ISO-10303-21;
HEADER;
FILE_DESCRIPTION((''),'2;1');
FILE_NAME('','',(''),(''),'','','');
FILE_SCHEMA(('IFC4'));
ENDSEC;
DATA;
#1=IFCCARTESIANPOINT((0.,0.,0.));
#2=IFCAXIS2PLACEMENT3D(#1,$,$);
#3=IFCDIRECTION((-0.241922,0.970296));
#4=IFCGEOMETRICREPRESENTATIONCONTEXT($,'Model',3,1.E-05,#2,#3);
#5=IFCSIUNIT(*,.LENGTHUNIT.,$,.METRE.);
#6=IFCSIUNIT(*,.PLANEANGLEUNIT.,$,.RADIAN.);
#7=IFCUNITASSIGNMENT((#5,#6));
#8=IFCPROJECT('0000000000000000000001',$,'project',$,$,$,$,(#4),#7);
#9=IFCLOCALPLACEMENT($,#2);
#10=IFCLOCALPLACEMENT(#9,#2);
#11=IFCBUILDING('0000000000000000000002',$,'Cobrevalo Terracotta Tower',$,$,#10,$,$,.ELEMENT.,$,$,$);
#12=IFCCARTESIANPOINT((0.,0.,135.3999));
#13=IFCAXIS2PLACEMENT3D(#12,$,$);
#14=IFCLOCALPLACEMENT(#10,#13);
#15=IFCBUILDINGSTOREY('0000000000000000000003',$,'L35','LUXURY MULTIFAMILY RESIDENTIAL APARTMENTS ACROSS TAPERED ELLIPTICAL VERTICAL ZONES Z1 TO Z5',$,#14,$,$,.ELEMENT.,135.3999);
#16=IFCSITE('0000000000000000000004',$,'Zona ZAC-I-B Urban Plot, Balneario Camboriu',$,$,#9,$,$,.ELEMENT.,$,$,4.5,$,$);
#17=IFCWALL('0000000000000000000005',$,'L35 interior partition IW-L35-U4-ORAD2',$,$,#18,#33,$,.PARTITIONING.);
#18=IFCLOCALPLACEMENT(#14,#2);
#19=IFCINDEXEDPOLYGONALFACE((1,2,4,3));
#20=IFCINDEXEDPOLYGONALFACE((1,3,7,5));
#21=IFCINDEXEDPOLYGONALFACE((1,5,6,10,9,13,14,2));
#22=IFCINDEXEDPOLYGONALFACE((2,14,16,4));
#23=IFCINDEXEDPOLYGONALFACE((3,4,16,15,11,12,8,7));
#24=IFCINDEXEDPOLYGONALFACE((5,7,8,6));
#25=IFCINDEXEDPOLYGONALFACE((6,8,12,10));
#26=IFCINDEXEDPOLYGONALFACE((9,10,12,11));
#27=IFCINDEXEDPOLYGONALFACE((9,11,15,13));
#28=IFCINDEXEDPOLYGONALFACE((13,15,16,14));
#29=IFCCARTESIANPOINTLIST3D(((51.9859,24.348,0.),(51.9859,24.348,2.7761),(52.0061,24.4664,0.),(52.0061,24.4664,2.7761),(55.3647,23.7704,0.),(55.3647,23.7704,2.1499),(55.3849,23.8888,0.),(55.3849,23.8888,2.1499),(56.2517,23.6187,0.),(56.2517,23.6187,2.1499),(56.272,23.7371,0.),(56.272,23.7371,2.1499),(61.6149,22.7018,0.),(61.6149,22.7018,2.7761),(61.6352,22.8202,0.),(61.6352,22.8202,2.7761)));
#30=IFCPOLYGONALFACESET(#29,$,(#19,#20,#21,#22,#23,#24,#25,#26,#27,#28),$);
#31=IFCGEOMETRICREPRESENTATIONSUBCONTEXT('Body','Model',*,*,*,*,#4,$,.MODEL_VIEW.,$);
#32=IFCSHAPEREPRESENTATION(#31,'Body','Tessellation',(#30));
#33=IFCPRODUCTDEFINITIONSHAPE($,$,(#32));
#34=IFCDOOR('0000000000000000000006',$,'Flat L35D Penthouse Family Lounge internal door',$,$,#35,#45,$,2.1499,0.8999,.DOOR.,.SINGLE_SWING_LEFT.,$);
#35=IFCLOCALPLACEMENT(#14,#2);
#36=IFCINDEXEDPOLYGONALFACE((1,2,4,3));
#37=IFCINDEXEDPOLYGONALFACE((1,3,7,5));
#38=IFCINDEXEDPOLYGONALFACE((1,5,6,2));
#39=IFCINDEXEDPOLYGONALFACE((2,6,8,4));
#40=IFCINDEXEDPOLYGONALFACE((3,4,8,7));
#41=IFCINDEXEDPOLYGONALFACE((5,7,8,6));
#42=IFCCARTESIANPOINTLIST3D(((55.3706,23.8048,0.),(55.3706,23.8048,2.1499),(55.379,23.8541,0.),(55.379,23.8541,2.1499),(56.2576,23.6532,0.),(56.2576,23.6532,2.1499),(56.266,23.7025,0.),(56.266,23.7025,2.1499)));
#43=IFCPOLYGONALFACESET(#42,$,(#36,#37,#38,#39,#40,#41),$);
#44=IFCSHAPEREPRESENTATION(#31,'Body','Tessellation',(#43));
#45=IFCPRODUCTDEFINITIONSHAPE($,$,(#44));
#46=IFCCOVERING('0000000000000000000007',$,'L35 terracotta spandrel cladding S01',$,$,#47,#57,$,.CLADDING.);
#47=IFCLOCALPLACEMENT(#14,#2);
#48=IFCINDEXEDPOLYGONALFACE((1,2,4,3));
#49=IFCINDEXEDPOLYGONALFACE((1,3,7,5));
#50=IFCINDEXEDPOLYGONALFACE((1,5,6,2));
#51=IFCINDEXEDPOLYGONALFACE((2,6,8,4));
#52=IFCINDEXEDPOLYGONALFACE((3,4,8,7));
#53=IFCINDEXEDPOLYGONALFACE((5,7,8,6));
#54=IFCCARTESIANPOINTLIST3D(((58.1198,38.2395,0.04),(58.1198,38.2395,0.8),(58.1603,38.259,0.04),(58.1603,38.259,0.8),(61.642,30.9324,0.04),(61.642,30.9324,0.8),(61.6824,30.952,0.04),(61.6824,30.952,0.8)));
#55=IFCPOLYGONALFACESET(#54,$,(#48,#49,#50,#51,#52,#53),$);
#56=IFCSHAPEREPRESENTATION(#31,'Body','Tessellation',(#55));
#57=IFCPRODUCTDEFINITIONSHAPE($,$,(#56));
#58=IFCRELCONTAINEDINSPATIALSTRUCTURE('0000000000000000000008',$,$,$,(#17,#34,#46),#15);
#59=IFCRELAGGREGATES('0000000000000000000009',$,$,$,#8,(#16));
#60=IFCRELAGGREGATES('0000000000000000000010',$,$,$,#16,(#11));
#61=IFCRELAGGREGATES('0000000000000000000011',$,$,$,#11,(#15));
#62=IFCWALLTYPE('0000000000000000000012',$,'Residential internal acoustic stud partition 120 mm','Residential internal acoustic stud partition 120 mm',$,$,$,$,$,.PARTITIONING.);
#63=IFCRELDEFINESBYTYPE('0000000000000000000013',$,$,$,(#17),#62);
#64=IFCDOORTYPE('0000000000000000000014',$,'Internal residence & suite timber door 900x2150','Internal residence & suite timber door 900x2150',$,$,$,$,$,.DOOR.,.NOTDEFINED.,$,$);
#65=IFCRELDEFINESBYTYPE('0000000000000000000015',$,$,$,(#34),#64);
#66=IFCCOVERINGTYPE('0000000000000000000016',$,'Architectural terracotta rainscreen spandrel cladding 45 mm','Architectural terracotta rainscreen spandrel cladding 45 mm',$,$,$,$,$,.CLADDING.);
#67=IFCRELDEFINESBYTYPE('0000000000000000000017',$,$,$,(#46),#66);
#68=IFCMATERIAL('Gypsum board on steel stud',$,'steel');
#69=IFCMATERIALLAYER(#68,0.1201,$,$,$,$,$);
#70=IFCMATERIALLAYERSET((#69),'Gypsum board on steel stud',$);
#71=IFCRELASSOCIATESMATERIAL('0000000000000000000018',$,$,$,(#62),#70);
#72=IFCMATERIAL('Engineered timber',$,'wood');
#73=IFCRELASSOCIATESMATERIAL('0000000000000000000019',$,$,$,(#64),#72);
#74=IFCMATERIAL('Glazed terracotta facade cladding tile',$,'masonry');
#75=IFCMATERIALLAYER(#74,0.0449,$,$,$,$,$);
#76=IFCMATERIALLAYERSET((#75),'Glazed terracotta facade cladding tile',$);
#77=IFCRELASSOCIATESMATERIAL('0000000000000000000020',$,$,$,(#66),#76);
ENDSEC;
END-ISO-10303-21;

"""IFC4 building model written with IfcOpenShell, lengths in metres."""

from ifc_helpers import new_model, si_unit, direction, frame, frame_2d, origin, origin_2d, place, context, subcontext, project, spatial, rectangle, extrude, source, transform, mapped, material, layer, layer_set, type_object, element, fill, save


model = new_model("IFC4")

# Units and contexts
model_context = context("Model", 3, precision=1e-05, world=origin(), true_north=direction((-0.241922, 0.970296)))
body_context = subcontext(model_context, "Body", "Model", "MODEL_VIEW")
ifc_project = project(units=[si_unit("LENGTHUNIT", "METRE"), si_unit("PLANEANGLEUNIT", "RADIAN")], contexts=[model_context])

# Site, building, storey
site_placement = place(None, origin())
site = spatial("IfcSite", under=ifc_project, at=site_placement, Name="Zona ZAC-I-B Urban Plot, Balneario Camboriu", CompositionType="ELEMENT", RefElevation=4.5)
building_placement = place(site_placement, origin())
building = spatial("IfcBuilding", under=site, at=building_placement, Name="Cobrevalo Terracotta Tower", CompositionType="ELEMENT")
storey_placement = place(building_placement, frame((0.0, 0.0, 135.3999)))
storey = spatial("IfcBuildingStorey", under=building, at=storey_placement, Name="L35", Description="LUXURY MULTIFAMILY RESIDENTIAL APARTMENTS ACROSS TAPERED ELLIPTICAL VERTICAL ZONES Z1 TO Z5", CompositionType="ELEMENT", Elevation=135.3999)

# Shared definitions
ifc_material_1 = material(Name="Gypsum board on steel stud", Category="steel")
ifc_layer_1 = layer(ifc_material_1, 0.1201)
ifc_layer_set_1 = layer_set([ifc_layer_1], Name="Gypsum board on steel stud")
wall_type_1 = type_object("IfcWallType", Name="Residential internal acoustic stud partition 120 mm", Description="Residential internal acoustic stud partition 120 mm", PredefinedType="PARTITIONING", material=ifc_layer_set_1)

# Shared definitions
ifc_material_2 = material(Name="Engineered timber", Category="wood")
door_type_1 = type_object("IfcDoorType", Name="Internal residence & suite timber door 900x2150", Description="Internal residence & suite timber door 900x2150", OperationType="NOTDEFINED", PredefinedType="DOOR", material=ifc_material_2)
shared_shape_1 = source(origin(), body_context, "Body", "SweptSolid", [
    extrude(rectangle(XDim=0.8999, YDim=2.1499, at=frame_2d((0.45, 1.075))), frame((0.0, 0.0249, 0.0), z_axis=(0.0, -1.0, 0.0), x_axis=(1.0, 0.0, 0.0)), (0.0, 0.0, 1.0), 0.05),
])

# Wall, opening, door
wall_1_placement = place(storey_placement, frame((51.9961, 24.4072, 0.0), z_axis=(0.0, 0.0, 1.0), x_axis=(0.985698, -0.168519, 0.0)))
wall_1 = element("IfcWall", 1, at=wall_1_placement, inside=storey, type_object=wall_type_1, Name="L35 interior partition IW-L35-U4-ORAD2", PredefinedType="PARTITIONING", context=body_context, shape_type="SweptSolid", body=[
    extrude(rectangle(XDim=9.7688, YDim=0.1201, at=frame_2d((4.8843, 0.0))), origin(), (0.0, 0.0, 1.0), 2.7761),
])
opening_1_placement = place(wall_1_placement, frame((3.4277, 0.0, 0.0)))
opening_1 = element("IfcOpeningElement", 2, at=opening_1_placement, cuts=wall_1, PredefinedType="OPENING", context=body_context, shape_type="SweptSolid", body=[
    extrude(rectangle(XDim=0.8999, YDim=2.1499, at=frame_2d((0.45, 1.075))), frame((0.0, 0.0701, 0.0), z_axis=(0.0, -1.0, 0.0), x_axis=(1.0, 0.0, 0.0)), (0.0, 0.0, 1.0), 0.1401),
])
door_1_placement = place(opening_1_placement, origin())
door_1 = element("IfcDoor", 3, at=door_1_placement, inside=storey, type_object=door_type_1, Name="Flat L35D Penthouse Family Lounge internal door", OperationType="SINGLE_SWING_LEFT", OverallHeight=2.1499, OverallWidth=0.8999, PredefinedType="DOOR", context=body_context, shape_type="MappedRepresentation", body=[
    mapped(shared_shape_1, transform((0.0, 0.0, 0.0), scale=1.0)),
])
fill(opening_1, door_1)

# Covering
ifc_material_3 = material(Name="Glazed terracotta facade cladding tile", Category="masonry")
ifc_layer_2 = layer(ifc_material_3, 0.0449)
ifc_layer_set_2 = layer_set([ifc_layer_2], Name="Glazed terracotta facade cladding tile")
covering_type = type_object("IfcCoveringType", Name="Architectural terracotta rainscreen spandrel cladding 45 mm", Description="Architectural terracotta rainscreen spandrel cladding 45 mm", PredefinedType="CLADDING", material=ifc_layer_set_2)
shared_shape_2 = source(origin(), body_context, "Body", "SweptSolid", [
    extrude(rectangle(XDim=8.1116, YDim=0.0449, at=origin_2d()), origin(), (0.0, 0.0, 1.0), 0.76),
])
covering_placement = place(storey_placement, frame((59.9011, 34.5957, 0.04), z_axis=(0.0, 0.0, 1.0), x_axis=(-0.434209, 0.900812, 0.0)))
element("IfcCovering", 4, at=covering_placement, inside=storey, type_object=covering_type, Name="L35 terracotta spandrel cladding S01", PredefinedType="CLADDING", context=body_context, shape_type="MappedRepresentation", body=[
    mapped(shared_shape_2, transform((0.0, 0.0, 0.0), scale=1.0)),
])

save(model, "model.ifc")
